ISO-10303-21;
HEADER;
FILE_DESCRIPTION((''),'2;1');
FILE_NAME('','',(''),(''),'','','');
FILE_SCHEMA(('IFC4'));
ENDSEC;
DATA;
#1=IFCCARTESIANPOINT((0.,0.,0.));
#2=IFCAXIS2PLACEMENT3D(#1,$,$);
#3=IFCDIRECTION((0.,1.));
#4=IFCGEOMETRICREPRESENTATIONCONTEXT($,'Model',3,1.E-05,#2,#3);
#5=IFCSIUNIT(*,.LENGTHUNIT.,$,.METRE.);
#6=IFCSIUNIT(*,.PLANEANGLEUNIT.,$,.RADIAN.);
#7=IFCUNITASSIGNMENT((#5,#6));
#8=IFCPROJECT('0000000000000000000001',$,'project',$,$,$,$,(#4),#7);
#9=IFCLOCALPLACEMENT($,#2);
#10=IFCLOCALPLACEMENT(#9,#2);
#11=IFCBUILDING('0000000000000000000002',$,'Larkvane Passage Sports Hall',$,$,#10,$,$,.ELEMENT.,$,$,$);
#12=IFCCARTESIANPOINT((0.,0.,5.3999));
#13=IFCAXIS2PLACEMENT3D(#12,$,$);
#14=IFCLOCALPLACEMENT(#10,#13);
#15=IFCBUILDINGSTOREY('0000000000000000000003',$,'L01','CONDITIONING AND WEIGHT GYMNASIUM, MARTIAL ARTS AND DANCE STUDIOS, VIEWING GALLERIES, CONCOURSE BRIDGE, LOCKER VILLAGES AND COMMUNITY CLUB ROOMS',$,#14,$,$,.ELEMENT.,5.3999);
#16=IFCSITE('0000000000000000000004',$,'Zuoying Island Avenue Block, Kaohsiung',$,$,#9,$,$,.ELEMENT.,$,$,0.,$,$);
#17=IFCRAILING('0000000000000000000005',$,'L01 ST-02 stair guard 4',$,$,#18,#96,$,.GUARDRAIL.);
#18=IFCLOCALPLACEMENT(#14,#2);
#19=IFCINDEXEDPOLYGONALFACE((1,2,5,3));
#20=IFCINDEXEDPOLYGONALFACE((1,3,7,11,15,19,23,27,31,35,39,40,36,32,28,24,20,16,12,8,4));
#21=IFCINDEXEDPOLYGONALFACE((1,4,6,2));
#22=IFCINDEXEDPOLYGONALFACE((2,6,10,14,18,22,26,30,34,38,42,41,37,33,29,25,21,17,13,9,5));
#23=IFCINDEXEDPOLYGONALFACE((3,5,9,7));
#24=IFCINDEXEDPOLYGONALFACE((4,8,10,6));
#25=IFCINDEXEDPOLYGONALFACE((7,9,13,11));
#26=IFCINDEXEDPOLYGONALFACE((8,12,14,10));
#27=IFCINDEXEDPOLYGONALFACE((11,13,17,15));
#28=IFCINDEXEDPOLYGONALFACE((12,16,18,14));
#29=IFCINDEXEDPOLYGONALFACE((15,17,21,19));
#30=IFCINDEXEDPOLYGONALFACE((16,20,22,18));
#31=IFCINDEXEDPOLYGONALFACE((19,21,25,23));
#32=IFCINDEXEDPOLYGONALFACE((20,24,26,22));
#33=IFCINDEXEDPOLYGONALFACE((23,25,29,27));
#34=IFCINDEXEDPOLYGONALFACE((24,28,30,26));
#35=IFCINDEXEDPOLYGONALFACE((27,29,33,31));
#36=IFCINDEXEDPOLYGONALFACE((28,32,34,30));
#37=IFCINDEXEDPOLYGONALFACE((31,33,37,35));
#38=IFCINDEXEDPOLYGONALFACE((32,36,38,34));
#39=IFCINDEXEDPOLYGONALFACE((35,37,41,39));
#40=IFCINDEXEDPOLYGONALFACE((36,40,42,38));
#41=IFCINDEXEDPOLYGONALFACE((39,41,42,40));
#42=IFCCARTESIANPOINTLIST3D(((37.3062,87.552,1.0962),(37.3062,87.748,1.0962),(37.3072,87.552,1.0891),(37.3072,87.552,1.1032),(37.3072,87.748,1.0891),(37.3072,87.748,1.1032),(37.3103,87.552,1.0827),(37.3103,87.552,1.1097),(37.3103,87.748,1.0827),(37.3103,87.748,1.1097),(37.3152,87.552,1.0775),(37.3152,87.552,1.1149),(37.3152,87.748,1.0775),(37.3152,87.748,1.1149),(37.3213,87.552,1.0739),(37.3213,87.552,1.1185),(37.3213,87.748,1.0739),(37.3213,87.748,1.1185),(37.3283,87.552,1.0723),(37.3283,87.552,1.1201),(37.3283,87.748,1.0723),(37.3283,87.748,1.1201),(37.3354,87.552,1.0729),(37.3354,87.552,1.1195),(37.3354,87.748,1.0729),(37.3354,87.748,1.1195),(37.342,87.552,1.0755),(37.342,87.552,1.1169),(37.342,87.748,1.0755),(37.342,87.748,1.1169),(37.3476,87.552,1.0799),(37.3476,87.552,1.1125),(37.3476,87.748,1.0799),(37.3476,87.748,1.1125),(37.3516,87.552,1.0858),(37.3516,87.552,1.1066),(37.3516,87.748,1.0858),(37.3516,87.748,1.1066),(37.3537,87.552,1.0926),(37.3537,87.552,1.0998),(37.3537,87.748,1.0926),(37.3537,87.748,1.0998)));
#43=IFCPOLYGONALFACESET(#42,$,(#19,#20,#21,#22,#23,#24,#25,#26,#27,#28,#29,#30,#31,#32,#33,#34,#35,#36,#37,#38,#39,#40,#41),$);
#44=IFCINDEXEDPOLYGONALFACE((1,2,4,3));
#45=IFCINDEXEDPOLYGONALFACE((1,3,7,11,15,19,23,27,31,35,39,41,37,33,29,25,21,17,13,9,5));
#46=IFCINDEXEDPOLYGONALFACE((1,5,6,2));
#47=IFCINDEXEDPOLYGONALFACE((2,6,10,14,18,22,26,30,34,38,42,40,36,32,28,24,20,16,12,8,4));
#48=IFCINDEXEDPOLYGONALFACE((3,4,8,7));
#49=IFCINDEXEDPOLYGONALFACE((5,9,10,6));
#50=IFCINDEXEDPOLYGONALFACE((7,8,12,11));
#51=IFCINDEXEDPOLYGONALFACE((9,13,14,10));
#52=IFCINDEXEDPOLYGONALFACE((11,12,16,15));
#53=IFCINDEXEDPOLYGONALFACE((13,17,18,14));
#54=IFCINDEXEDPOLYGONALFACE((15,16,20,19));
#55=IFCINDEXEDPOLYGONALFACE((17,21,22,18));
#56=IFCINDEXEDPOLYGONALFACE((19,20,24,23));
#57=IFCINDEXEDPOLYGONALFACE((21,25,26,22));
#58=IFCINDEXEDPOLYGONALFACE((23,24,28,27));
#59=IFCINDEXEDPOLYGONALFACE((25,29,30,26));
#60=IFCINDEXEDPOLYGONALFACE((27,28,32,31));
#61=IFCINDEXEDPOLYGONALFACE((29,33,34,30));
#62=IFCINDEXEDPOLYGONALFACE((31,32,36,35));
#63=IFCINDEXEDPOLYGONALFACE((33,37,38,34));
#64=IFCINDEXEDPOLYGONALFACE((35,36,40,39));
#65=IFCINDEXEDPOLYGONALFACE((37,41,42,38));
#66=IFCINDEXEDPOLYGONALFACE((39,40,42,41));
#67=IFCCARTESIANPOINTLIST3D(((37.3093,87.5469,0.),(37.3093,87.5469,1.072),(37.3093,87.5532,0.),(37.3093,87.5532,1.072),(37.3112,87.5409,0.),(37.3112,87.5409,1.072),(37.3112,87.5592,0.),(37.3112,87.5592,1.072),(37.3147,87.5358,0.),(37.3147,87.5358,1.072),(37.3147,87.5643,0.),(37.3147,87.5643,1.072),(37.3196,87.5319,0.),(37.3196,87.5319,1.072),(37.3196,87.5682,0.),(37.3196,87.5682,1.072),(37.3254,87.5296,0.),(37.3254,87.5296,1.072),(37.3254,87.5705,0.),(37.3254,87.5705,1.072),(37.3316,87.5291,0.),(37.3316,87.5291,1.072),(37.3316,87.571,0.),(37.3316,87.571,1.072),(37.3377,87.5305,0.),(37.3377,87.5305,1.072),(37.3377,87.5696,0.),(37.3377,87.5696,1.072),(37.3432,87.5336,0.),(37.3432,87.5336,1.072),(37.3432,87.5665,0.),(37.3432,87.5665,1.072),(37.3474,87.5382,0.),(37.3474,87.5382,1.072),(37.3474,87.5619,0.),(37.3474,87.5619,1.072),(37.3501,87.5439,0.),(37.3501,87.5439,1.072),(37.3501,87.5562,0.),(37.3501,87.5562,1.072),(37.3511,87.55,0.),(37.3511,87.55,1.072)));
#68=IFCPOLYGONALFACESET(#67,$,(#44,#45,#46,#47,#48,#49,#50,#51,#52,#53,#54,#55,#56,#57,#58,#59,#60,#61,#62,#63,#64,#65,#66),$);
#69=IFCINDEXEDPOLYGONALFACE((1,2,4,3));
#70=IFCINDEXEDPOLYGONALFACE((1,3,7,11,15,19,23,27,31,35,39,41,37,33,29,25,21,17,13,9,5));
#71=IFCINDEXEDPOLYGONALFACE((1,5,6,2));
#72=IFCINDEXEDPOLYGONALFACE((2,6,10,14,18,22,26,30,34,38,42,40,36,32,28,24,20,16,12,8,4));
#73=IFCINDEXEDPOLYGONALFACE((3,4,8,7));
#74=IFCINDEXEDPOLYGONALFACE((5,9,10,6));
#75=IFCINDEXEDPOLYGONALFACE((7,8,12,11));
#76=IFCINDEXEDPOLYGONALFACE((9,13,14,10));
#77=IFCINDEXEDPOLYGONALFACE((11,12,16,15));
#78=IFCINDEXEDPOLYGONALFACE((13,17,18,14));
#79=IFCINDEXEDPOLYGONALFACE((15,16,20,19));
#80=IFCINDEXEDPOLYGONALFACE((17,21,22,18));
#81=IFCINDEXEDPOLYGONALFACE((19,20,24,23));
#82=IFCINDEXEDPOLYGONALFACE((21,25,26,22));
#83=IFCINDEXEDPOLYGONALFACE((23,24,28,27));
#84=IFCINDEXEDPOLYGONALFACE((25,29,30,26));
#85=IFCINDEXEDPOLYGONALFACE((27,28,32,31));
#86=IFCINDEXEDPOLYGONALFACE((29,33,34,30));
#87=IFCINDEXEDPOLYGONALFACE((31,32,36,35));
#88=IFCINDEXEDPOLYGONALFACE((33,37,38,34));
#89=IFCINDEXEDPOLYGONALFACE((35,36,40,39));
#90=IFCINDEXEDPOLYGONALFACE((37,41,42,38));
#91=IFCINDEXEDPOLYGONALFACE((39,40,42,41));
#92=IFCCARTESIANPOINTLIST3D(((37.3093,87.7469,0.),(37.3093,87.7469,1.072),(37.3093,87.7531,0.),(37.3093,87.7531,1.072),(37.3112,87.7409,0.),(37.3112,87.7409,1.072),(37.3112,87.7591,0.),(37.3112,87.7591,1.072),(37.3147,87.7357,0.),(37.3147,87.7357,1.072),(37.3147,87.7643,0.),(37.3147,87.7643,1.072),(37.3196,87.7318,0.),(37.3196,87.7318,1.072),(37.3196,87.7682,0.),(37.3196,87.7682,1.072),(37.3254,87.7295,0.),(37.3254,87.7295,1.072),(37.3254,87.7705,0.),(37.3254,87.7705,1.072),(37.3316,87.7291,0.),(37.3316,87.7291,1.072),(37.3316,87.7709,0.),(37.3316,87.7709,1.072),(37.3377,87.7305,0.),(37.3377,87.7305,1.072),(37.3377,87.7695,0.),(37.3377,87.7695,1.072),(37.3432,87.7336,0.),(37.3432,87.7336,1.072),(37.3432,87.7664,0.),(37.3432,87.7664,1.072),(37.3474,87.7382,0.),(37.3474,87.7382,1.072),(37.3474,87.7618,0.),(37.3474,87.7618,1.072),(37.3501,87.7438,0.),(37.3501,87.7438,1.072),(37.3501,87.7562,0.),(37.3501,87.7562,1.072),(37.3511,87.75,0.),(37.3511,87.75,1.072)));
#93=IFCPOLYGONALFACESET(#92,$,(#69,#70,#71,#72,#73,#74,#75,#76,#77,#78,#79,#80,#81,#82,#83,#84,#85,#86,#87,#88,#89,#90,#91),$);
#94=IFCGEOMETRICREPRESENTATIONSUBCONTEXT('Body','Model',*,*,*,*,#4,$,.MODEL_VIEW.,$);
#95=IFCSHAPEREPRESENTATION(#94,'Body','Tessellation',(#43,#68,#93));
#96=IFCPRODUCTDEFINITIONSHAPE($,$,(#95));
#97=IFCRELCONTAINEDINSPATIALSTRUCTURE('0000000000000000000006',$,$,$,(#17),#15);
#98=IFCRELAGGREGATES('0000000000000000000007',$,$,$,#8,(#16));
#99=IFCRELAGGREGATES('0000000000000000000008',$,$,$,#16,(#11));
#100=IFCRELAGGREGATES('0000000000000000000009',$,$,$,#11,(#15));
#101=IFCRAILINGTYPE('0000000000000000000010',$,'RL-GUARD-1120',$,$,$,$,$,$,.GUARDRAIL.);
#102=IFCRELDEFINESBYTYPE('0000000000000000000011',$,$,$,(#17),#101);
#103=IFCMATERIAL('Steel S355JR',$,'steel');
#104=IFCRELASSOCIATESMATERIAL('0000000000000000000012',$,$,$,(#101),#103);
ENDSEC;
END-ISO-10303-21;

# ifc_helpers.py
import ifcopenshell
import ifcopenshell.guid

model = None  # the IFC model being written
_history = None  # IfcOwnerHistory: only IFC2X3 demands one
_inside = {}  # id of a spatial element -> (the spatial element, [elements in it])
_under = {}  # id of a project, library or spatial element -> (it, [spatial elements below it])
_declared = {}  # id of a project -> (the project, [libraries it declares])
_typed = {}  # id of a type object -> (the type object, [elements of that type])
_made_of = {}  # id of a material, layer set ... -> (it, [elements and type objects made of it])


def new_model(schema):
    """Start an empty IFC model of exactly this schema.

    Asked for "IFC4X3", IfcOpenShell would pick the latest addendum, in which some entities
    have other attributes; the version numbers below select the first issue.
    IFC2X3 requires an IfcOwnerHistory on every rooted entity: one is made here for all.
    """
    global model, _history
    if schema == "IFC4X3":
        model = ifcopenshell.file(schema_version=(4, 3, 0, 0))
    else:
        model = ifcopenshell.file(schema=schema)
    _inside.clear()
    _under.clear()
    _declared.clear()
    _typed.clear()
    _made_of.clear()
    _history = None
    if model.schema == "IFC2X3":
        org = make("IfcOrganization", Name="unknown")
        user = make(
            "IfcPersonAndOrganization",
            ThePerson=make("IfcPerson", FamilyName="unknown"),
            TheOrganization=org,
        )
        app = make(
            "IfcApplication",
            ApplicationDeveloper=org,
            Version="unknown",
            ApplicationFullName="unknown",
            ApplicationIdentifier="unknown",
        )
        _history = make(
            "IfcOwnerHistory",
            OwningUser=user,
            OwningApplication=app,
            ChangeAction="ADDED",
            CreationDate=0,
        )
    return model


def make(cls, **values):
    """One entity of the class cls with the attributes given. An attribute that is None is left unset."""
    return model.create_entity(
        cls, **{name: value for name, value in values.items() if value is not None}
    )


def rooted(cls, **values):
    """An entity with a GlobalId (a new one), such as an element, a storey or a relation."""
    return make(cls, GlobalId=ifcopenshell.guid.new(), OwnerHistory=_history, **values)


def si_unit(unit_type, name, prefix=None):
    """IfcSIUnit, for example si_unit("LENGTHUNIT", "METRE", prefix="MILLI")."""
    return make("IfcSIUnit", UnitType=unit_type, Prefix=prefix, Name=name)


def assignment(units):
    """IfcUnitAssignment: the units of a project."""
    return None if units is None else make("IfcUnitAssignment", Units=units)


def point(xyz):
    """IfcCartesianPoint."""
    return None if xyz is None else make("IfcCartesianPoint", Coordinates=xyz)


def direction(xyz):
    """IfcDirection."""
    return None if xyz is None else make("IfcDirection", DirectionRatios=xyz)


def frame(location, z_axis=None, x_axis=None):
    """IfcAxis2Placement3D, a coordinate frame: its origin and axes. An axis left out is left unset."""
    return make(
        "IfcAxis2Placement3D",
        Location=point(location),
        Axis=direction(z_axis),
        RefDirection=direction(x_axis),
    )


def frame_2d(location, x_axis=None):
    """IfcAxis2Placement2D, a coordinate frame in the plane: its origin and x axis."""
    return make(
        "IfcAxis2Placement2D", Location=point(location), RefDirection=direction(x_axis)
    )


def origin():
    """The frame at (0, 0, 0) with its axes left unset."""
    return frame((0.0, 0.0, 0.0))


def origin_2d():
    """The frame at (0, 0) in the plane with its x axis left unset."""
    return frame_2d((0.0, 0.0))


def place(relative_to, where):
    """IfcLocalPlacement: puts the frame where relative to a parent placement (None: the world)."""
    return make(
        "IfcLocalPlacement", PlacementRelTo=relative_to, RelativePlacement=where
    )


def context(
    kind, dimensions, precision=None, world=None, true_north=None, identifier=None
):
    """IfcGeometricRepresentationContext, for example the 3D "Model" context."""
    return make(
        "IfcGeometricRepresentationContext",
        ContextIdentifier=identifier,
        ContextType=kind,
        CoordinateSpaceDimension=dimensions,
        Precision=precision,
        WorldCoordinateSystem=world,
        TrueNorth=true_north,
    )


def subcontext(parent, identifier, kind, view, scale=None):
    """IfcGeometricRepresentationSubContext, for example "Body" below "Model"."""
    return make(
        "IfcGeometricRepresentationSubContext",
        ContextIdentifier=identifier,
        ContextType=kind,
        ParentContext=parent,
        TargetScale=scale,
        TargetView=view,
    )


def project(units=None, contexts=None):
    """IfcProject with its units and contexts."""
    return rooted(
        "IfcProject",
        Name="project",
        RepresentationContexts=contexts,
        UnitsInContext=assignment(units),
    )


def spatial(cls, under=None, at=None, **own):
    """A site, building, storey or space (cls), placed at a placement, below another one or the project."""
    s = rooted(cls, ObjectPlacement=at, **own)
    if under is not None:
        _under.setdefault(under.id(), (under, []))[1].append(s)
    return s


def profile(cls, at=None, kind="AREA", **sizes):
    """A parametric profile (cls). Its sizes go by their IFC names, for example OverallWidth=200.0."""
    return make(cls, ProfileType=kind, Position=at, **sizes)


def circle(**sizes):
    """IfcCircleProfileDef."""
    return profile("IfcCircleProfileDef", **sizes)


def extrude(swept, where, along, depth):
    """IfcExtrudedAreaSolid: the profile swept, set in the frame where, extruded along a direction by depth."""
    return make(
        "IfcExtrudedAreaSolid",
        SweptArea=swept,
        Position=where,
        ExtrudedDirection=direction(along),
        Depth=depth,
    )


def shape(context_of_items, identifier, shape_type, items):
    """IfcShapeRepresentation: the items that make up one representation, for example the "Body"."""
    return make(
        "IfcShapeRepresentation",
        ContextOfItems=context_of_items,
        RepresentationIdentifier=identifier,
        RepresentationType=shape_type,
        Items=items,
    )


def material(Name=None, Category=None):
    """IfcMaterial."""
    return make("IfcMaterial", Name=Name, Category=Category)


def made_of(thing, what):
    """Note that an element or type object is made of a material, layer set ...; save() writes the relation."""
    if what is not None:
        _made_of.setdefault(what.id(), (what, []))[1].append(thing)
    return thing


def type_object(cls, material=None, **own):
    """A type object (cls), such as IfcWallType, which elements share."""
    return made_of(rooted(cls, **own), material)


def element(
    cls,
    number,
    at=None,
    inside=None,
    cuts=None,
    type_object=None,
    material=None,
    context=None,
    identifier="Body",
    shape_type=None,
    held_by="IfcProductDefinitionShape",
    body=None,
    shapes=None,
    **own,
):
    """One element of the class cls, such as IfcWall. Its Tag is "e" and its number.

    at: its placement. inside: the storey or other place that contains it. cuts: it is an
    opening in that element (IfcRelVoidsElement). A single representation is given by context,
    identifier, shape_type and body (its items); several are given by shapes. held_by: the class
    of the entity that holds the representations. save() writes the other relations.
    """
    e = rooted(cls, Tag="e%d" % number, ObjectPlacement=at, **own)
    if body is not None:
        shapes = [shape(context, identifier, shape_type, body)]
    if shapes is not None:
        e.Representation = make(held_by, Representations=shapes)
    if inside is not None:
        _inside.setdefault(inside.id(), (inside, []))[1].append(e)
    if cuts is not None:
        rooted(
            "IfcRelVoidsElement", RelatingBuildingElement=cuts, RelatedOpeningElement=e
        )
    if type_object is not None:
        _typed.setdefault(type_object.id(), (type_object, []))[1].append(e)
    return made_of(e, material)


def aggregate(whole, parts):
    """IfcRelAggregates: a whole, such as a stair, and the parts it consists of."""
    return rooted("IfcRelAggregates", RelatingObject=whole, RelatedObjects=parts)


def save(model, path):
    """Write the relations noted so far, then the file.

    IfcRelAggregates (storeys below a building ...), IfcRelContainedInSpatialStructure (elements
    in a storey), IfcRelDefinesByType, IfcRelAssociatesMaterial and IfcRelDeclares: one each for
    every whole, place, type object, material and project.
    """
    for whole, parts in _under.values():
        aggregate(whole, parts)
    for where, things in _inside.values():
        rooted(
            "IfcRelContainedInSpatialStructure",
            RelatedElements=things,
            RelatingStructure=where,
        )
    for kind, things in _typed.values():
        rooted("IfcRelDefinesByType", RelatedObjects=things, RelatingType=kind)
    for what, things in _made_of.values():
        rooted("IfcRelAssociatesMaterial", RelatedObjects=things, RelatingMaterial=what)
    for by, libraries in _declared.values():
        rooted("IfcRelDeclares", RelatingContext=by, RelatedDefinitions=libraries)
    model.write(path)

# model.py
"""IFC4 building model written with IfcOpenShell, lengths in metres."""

from ifc_helpers import new_model, si_unit, direction, frame, origin, origin_2d, place, context, subcontext, project, spatial, circle, extrude, material, type_object, element, save


model = new_model("IFC4")

# Units and contexts
model_context = context("Model", 3, precision=1e-05, world=origin(), true_north=direction((0.0, 1.0)))
body_context = subcontext(model_context, "Body", "Model", "MODEL_VIEW")
ifc_project = project(units=[si_unit("LENGTHUNIT", "METRE"), si_unit("PLANEANGLEUNIT", "RADIAN")], contexts=[model_context])

# Site, building, storey
site_placement = place(None, origin())
site = spatial("IfcSite", under=ifc_project, at=site_placement, Name="Zuoying Island Avenue Block, Kaohsiung", CompositionType="ELEMENT", RefElevation=0.0)
building_placement = place(site_placement, origin())
building = spatial("IfcBuilding", under=site, at=building_placement, Name="Larkvane Passage Sports Hall", CompositionType="ELEMENT")
storey_placement = place(building_placement, frame((0.0, 0.0, 5.3999)))
storey = spatial("IfcBuildingStorey", under=building, at=storey_placement, Name="L01", Description="CONDITIONING AND WEIGHT GYMNASIUM, MARTIAL ARTS AND DANCE STUDIOS, VIEWING GALLERIES, CONCOURSE BRIDGE, LOCKER VILLAGES AND COMMUNITY CLUB ROOMS", CompositionType="ELEMENT", Elevation=5.3999)

# Shared definitions
ifc_material_1 = material(Name="Steel S355JR", Category="steel")

# Railing
railing_type_1 = type_object("IfcRailingType", Name="RL-GUARD-1120", PredefinedType="GUARDRAIL", material=ifc_material_1)
railing_1_placement = place(storey_placement, frame((37.3301, 87.55, 0.0)))
element("IfcRailing", 1, at=railing_1_placement, inside=storey, type_object=railing_type_1, Name="L01 ST-02 stair guard 4", PredefinedType="GUARDRAIL", context=body_context, shape_type="SweptSolid", body=[
    extrude(circle(Radius=0.0239, at=origin_2d()), frame((0.0, 0.002, 1.0962), z_axis=(0.0, 1.0, 0.0), x_axis=(-1.0, 0.0, 0.0)), (0.0, 0.0, 1.0), 0.196),
    extrude(circle(Radius=0.021, at=origin_2d()), origin(), (0.0, 0.0, 1.0), 1.072),
    extrude(circle(Radius=0.021, at=origin_2d()), frame((0.0, 0.2, 0.0)), (0.0, 0.0, 1.0), 1.072),
])

save(model, "model.ifc")
